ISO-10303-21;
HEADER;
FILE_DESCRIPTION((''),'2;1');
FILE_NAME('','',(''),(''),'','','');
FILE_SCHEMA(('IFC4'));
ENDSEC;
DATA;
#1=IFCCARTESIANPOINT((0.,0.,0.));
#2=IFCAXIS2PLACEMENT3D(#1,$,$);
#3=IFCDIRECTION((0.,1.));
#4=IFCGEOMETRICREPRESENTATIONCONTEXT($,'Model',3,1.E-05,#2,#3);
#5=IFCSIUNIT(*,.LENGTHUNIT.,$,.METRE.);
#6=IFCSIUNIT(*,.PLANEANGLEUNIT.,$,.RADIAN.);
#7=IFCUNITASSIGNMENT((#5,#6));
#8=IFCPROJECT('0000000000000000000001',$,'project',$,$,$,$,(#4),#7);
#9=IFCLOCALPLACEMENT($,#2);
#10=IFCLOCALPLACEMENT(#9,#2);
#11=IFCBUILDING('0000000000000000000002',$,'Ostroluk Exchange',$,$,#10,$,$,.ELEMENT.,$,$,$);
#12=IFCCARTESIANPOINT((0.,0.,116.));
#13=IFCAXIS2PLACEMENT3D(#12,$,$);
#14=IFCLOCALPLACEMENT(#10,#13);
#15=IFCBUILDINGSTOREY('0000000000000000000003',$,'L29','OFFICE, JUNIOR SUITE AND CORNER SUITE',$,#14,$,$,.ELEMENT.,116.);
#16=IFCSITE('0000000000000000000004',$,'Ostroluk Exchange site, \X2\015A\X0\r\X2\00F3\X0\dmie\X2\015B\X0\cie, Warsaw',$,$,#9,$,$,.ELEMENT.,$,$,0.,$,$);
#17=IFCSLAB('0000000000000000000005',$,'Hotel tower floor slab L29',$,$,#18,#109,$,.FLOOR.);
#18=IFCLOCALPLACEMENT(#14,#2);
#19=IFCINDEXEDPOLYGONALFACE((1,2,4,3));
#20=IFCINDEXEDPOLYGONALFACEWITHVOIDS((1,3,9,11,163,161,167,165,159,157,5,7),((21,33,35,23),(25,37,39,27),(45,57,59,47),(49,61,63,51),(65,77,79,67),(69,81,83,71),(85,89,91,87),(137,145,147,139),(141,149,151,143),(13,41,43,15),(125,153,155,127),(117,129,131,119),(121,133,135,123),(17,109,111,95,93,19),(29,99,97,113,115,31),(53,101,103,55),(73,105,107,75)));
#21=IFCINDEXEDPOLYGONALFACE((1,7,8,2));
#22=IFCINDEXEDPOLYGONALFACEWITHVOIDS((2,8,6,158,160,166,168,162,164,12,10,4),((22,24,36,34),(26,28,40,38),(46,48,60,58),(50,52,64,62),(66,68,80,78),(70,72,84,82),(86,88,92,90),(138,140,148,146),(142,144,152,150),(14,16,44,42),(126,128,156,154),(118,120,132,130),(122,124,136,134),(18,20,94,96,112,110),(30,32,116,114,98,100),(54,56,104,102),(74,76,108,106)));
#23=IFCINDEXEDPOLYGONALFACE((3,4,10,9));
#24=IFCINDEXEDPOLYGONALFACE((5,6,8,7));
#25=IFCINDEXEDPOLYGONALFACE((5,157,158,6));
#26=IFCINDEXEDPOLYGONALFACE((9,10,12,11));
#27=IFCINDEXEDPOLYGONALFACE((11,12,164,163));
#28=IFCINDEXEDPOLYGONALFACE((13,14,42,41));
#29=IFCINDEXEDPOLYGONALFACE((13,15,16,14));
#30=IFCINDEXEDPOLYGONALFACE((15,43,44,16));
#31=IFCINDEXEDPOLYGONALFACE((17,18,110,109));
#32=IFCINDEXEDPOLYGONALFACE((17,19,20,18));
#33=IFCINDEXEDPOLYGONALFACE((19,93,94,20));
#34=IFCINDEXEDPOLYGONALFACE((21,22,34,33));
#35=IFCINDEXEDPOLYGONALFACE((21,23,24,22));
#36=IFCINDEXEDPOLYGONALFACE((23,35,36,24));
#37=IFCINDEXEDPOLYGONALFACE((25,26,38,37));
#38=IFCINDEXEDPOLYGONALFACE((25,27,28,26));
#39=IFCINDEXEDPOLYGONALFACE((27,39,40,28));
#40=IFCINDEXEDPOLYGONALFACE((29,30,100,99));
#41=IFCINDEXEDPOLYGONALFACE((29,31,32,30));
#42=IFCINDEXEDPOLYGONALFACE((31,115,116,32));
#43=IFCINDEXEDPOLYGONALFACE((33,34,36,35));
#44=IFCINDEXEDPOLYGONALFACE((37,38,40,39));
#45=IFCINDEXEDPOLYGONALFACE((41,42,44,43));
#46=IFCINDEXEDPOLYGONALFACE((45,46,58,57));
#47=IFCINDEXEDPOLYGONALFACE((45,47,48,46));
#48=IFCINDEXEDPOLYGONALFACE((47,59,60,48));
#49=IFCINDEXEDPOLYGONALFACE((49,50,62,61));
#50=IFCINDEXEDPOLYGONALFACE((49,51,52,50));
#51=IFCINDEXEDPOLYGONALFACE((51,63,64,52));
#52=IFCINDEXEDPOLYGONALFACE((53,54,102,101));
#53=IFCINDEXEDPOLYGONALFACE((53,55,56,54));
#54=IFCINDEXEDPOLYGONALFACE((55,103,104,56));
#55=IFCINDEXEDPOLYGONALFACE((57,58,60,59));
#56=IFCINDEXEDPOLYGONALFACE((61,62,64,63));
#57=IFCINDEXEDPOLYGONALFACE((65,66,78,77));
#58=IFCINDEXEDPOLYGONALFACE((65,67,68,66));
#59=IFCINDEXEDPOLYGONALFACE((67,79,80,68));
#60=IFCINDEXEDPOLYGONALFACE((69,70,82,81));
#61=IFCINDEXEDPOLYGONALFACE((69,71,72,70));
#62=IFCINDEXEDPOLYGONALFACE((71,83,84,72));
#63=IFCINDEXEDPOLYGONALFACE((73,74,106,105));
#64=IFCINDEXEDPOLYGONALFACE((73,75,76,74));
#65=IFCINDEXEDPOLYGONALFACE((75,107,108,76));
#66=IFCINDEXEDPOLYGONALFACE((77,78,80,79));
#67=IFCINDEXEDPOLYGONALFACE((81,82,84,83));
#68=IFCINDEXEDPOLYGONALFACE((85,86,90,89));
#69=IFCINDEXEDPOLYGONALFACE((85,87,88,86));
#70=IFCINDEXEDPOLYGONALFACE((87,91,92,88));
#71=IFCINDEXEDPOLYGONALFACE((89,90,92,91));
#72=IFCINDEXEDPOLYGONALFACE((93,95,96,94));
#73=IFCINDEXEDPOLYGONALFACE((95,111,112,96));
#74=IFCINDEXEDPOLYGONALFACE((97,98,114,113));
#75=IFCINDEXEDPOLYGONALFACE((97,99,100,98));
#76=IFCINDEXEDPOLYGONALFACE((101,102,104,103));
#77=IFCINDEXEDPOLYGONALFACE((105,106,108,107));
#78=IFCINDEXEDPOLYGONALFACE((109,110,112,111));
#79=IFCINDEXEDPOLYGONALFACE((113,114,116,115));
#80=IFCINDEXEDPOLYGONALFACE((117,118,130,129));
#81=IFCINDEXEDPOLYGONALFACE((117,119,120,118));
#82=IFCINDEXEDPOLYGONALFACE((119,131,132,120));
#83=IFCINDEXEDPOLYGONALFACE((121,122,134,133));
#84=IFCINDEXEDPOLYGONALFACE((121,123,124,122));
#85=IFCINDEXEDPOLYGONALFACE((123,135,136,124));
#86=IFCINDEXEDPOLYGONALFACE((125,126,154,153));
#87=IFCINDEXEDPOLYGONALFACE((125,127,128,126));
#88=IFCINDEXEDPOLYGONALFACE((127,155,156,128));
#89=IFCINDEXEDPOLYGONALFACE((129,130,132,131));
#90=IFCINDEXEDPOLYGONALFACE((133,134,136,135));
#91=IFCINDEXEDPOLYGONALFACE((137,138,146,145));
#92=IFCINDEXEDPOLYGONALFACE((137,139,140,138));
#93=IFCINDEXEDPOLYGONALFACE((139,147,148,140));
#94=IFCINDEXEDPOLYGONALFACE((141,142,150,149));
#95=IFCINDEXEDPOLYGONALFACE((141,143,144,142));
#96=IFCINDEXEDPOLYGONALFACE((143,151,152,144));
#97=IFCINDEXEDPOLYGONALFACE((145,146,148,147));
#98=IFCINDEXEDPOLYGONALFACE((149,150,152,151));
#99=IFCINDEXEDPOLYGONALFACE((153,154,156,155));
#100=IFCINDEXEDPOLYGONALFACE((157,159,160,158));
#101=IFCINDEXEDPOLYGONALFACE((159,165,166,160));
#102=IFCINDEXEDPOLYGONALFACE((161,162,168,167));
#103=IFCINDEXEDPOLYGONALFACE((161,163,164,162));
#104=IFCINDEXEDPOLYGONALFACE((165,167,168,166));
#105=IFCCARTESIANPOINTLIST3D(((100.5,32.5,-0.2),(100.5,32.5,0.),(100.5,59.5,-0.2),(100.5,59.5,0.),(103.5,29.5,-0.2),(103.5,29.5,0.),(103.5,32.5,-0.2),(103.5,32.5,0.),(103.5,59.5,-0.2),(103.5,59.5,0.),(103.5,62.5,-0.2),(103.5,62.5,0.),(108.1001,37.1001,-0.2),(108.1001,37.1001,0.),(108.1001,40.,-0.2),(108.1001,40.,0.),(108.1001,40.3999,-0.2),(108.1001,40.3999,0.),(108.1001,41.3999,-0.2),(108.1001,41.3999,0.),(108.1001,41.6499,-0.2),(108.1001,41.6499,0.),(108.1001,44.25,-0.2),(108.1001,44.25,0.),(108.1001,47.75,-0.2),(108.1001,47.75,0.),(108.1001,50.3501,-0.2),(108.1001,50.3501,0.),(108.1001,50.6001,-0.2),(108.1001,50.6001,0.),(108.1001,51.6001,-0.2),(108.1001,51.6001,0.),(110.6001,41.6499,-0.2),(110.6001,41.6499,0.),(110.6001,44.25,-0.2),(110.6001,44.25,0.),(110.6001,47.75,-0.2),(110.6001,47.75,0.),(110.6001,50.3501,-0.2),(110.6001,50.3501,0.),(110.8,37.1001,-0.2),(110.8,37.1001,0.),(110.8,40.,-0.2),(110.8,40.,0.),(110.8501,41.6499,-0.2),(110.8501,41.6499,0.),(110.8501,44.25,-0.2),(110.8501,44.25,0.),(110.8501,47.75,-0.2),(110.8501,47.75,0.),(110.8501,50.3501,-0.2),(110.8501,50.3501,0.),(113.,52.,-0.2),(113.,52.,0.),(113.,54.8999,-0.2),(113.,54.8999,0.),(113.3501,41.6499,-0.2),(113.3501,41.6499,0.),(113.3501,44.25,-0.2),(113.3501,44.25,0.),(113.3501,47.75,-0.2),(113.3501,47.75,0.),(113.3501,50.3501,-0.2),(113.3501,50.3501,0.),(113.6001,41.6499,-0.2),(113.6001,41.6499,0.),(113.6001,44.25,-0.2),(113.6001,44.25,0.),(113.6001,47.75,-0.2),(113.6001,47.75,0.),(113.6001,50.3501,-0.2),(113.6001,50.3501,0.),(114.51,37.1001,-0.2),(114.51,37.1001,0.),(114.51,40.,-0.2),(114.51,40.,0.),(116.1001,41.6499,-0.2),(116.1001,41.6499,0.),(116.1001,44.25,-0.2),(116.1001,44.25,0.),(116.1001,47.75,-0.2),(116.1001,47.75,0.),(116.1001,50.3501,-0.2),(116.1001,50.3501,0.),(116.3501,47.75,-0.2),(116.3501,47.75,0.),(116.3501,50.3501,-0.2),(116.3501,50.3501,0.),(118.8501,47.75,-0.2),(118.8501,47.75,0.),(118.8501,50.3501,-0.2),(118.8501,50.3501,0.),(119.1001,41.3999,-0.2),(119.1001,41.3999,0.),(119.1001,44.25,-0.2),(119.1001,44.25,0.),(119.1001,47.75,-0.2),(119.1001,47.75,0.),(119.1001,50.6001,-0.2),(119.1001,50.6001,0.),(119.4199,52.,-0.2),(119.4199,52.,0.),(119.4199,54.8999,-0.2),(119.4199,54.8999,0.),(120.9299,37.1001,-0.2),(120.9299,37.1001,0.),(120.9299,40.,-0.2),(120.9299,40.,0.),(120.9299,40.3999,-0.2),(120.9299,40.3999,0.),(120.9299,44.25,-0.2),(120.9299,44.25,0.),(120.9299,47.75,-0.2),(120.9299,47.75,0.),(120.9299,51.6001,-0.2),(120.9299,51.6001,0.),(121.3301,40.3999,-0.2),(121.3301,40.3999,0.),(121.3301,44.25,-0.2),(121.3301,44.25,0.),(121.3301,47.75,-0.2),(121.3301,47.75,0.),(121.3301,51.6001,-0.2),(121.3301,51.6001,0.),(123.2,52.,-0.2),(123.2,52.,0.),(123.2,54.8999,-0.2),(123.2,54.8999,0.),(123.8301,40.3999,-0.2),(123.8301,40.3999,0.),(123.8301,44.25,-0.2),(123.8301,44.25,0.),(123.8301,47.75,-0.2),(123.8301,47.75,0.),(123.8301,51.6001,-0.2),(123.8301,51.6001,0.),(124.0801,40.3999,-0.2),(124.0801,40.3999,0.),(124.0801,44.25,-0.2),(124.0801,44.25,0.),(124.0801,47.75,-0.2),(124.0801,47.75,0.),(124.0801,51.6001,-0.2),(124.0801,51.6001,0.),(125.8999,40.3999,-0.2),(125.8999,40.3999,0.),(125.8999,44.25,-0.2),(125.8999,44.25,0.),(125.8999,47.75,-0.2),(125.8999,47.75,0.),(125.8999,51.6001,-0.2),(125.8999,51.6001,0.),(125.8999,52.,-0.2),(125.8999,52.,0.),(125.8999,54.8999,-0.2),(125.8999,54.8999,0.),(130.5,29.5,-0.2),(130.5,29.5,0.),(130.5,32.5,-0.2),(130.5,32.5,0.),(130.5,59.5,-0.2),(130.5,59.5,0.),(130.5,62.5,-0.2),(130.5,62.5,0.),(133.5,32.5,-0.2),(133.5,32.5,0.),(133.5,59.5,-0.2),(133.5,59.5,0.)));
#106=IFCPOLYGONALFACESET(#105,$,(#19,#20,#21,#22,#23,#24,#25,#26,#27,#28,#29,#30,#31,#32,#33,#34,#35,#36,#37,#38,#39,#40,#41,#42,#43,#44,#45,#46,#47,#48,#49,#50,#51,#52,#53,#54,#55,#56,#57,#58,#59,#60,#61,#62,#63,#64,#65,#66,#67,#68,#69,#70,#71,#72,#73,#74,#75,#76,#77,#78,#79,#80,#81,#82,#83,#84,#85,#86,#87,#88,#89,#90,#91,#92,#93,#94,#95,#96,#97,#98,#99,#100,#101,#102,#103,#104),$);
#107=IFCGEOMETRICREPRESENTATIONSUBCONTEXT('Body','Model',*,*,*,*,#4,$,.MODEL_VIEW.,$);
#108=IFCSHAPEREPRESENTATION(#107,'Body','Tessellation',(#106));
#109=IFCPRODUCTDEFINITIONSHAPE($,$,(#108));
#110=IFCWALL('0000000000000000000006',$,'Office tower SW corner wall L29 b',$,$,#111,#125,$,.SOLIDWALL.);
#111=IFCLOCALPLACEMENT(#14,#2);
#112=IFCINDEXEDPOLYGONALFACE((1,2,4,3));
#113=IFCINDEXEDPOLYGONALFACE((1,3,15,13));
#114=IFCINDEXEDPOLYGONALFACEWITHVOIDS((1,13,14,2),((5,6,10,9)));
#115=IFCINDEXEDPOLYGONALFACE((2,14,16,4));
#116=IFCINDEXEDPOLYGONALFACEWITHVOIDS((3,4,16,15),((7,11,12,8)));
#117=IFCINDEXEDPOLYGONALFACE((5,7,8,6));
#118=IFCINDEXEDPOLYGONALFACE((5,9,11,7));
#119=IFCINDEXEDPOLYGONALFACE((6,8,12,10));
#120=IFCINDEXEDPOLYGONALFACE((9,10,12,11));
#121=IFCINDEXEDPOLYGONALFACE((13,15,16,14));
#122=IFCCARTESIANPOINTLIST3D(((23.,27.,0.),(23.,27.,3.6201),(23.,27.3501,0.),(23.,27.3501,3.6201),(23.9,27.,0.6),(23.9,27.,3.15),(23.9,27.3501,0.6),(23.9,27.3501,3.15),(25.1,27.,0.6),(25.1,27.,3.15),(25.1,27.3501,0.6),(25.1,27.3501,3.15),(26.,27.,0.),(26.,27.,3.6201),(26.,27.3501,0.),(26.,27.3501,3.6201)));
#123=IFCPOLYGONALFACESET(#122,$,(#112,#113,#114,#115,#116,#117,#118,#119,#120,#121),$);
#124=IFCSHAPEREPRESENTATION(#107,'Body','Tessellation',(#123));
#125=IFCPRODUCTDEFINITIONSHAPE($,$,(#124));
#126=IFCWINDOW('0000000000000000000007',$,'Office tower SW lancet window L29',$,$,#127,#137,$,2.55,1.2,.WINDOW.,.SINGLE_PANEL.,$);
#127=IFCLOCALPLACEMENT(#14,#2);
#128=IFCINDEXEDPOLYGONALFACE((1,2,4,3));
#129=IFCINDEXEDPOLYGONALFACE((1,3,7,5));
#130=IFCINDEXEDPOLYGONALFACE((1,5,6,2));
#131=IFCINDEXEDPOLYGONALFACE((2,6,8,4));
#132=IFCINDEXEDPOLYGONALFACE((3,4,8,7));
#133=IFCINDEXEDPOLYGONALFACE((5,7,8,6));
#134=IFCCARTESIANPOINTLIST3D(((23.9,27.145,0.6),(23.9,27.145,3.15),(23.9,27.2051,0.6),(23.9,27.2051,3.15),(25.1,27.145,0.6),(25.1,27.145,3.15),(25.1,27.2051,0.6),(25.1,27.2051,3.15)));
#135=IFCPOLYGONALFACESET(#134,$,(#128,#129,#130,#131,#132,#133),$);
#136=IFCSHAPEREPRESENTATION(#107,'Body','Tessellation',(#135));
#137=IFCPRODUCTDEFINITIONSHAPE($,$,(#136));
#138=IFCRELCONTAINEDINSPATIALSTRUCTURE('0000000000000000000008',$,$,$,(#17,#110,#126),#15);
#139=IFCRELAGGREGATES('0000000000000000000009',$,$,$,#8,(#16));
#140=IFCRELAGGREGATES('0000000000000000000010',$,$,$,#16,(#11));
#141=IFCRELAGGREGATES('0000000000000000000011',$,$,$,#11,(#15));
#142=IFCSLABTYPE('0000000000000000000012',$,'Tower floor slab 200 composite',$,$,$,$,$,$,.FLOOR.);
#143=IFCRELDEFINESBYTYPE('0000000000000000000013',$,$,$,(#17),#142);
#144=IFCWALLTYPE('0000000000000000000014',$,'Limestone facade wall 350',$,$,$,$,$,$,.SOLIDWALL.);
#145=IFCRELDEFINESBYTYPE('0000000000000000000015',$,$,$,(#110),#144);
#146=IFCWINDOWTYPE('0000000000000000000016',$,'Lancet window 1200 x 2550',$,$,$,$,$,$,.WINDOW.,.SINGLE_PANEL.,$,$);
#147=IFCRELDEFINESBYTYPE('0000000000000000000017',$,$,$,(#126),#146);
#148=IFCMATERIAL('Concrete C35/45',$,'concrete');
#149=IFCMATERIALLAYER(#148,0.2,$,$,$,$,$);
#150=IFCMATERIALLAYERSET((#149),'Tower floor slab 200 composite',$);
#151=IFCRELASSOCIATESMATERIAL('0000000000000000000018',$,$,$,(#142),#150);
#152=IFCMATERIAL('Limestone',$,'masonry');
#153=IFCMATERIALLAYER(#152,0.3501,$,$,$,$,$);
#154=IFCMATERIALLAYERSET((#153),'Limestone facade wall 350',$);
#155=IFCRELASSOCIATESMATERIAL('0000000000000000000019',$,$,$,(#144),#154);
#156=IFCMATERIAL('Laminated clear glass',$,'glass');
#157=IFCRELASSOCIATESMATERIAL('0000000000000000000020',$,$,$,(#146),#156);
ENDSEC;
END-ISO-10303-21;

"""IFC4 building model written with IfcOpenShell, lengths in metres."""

from ifc_helpers import new_model, si_unit, direction, frame, frame_2d, origin, place, context, subcontext, project, spatial, polyline, rectangle, outline, extrude, material, layer, layer_set, type_object, element, fill, save


model = new_model("IFC4")

# Units and contexts
model_context = context("Model", 3, precision=1e-05, world=origin(), true_north=direction((0.0, 1.0)))
body_context = subcontext(model_context, "Body", "Model", "MODEL_VIEW")
ifc_project = project(units=[si_unit("LENGTHUNIT", "METRE"), si_unit("PLANEANGLEUNIT", "RADIAN")], contexts=[model_context])

# Site, building, storey
site_placement = place(None, origin())
site = spatial("IfcSite", under=ifc_project, at=site_placement, Name="Ostroluk Exchange site, Śródmieście, Warsaw", CompositionType="ELEMENT", RefElevation=0.0)
building_placement = place(site_placement, origin())
building = spatial("IfcBuilding", under=site, at=building_placement, Name="Ostroluk Exchange", CompositionType="ELEMENT")
storey_placement = place(building_placement, frame((0.0, 0.0, 116.0)))
storey = spatial("IfcBuildingStorey", under=building, at=storey_placement, Name="L29", Description="OFFICE, JUNIOR SUITE AND CORNER SUITE", CompositionType="ELEMENT", Elevation=116.0)

# Slab
ifc_material_1 = material(Name="Concrete C35/45", Category="concrete")
ifc_layer_1 = layer(ifc_material_1, 0.2)
ifc_layer_set_1 = layer_set([ifc_layer_1], Name="Tower floor slab 200 composite")
slab_type_1 = type_object("IfcSlabType", Name="Tower floor slab 200 composite", PredefinedType="FLOOR", material=ifc_layer_set_1)
slab_1_placement = place(storey_placement, frame((0.0, 0.0, -0.2)))
element("IfcSlab", 1, at=slab_1_placement, inside=storey, type_object=slab_type_1, Name="Hotel tower floor slab L29", PredefinedType="FLOOR", context=body_context, shape_type="SweptSolid", body=[
    extrude(outline(polyline([(103.5, 29.5), (130.5, 29.5), (130.5, 32.5), (133.5, 32.5), (133.5, 59.5), (130.5, 59.5), (130.5, 62.5), (103.5, 62.5), (103.5, 59.5), (100.5, 59.5), (100.5, 32.5), (103.5, 32.5), (103.5, 29.5)]), holes=[polyline([(108.1001, 37.1001), (110.8, 37.1001), (110.8, 40.0), (108.1001, 40.0), (108.1001, 37.1001)]), polyline([(114.51, 37.1001), (120.9299, 37.1001), (120.9299, 40.0), (114.51, 40.0), (114.51, 37.1001)]), polyline([(113.0, 52.0), (119.4199, 52.0), (119.4199, 54.8999), (113.0, 54.8999), (113.0, 52.0)]), polyline([(123.2, 52.0), (125.8999, 52.0), (125.8999, 54.8999), (123.2, 54.8999), (123.2, 52.0)]), polyline([(108.1001, 47.75), (110.6001, 47.75), (110.6001, 50.3501), (108.1001, 50.3501), (108.1001, 47.75)]), polyline([(110.8501, 47.75), (113.3501, 47.75), (113.3501, 50.3501), (110.8501, 50.3501), (110.8501, 47.75)]), polyline([(113.6001, 47.75), (116.1001, 47.75), (116.1001, 50.3501), (113.6001, 50.3501), (113.6001, 47.75)]), polyline([(116.3501, 47.75), (118.8501, 47.75), (118.8501, 50.3501), (116.3501, 50.3501), (116.3501, 47.75)]), polyline([(108.1001, 41.6499), (110.6001, 41.6499), (110.6001, 44.25), (108.1001, 44.25), (108.1001, 41.6499)]), polyline([(110.8501, 41.6499), (113.3501, 41.6499), (113.3501, 44.25), (110.8501, 44.25), (110.8501, 41.6499)]), polyline([(113.6001, 41.6499), (116.1001, 41.6499), (116.1001, 44.25), (113.6001, 44.25), (113.6001, 41.6499)]), polyline([(121.3301, 47.75), (123.8301, 47.75), (123.8301, 51.6001), (121.3301, 51.6001), (121.3301, 47.75)]), polyline([(121.3301, 40.3999), (123.8301, 40.3999), (123.8301, 44.25), (121.3301, 44.25), (121.3301, 40.3999)]), polyline([(120.9299, 51.6001), (120.9299, 47.75), (119.1001, 47.75), (119.1001, 50.6001), (108.1001, 50.6001), (108.1001, 51.6001), (120.9299, 51.6001)]), polyline([(108.1001, 40.3999), (108.1001, 41.3999), (119.1001, 41.3999), (119.1001, 44.25), (120.9299, 44.25), (120.9299, 40.3999), (108.1001, 40.3999)]), polyline([(124.0801, 47.75), (125.8999, 47.75), (125.8999, 51.6001), (124.0801, 51.6001), (124.0801, 47.75)]), polyline([(124.0801, 40.3999), (125.8999, 40.3999), (125.8999, 44.25), (124.0801, 44.25), (124.0801, 40.3999)])]), origin(), (0.0, 0.0, 1.0), 0.2),
])

# Wall, opening, window
ifc_material_2 = material(Name="Limestone", Category="masonry")
ifc_layer_2 = layer(ifc_material_2, 0.3501)
ifc_layer_set_2 = layer_set([ifc_layer_2], Name="Limestone facade wall 350")
wall_type = type_object("IfcWallType", Name="Limestone facade wall 350", PredefinedType="SOLIDWALL", material=ifc_layer_set_2)
wall_placement = place(storey_placement, frame((26.0, 27.175, 0.0), z_axis=(0.0, 0.0, 1.0), x_axis=(-1.0, 0.0, 0.0)))
wall = element("IfcWall", 2, at=wall_placement, inside=storey, type_object=wall_type, Name="Office tower SW corner wall L29 b", PredefinedType="SOLIDWALL", context=body_context, shape_type="SweptSolid", body=[
    extrude(rectangle(XDim=3.0, YDim=0.3501, at=frame_2d((1.5, 0.0))), origin(), (0.0, 0.0, 1.0), 3.6201),
])
opening_placement = place(wall_placement, frame((0.8999, 0.0, 0.6001)))
opening = element("IfcOpeningElement", 3, at=opening_placement, cuts=wall, PredefinedType="OPENING", context=body_context, shape_type="SweptSolid", body=[
    extrude(rectangle(XDim=1.2, YDim=2.55, at=frame_2d((0.6001, 1.2749))), frame((0.0, 0.1851, 0.0), z_axis=(0.0, -1.0, 0.0), x_axis=(1.0, 0.0, 0.0)), (0.0, 0.0, 1.0), 0.3701),
])
ifc_material_3 = material(Name="Laminated clear glass", Category="glass")
window_type = type_object("IfcWindowType", Name="Lancet window 1200 x 2550", PartitioningType="SINGLE_PANEL", PredefinedType="WINDOW", material=ifc_material_3)
window_placement = place(opening_placement, origin())
window = element("IfcWindow", 4, at=window_placement, inside=storey, type_object=window_type, Name="Office tower SW lancet window L29", OverallHeight=2.55, OverallWidth=1.2, PartitioningType="SINGLE_PANEL", PredefinedType="WINDOW", context=body_context, shape_type="SweptSolid", body=[
    extrude(rectangle(XDim=1.2, YDim=2.55, at=frame_2d((0.6001, 1.2749))), frame((0.0, 0.03, 0.0), z_axis=(0.0, -1.0, 0.0), x_axis=(1.0, 0.0, 0.0)), (0.0, 0.0, 1.0), 0.0601),
])
fill(opening, window)

save(model, "model.ifc")
